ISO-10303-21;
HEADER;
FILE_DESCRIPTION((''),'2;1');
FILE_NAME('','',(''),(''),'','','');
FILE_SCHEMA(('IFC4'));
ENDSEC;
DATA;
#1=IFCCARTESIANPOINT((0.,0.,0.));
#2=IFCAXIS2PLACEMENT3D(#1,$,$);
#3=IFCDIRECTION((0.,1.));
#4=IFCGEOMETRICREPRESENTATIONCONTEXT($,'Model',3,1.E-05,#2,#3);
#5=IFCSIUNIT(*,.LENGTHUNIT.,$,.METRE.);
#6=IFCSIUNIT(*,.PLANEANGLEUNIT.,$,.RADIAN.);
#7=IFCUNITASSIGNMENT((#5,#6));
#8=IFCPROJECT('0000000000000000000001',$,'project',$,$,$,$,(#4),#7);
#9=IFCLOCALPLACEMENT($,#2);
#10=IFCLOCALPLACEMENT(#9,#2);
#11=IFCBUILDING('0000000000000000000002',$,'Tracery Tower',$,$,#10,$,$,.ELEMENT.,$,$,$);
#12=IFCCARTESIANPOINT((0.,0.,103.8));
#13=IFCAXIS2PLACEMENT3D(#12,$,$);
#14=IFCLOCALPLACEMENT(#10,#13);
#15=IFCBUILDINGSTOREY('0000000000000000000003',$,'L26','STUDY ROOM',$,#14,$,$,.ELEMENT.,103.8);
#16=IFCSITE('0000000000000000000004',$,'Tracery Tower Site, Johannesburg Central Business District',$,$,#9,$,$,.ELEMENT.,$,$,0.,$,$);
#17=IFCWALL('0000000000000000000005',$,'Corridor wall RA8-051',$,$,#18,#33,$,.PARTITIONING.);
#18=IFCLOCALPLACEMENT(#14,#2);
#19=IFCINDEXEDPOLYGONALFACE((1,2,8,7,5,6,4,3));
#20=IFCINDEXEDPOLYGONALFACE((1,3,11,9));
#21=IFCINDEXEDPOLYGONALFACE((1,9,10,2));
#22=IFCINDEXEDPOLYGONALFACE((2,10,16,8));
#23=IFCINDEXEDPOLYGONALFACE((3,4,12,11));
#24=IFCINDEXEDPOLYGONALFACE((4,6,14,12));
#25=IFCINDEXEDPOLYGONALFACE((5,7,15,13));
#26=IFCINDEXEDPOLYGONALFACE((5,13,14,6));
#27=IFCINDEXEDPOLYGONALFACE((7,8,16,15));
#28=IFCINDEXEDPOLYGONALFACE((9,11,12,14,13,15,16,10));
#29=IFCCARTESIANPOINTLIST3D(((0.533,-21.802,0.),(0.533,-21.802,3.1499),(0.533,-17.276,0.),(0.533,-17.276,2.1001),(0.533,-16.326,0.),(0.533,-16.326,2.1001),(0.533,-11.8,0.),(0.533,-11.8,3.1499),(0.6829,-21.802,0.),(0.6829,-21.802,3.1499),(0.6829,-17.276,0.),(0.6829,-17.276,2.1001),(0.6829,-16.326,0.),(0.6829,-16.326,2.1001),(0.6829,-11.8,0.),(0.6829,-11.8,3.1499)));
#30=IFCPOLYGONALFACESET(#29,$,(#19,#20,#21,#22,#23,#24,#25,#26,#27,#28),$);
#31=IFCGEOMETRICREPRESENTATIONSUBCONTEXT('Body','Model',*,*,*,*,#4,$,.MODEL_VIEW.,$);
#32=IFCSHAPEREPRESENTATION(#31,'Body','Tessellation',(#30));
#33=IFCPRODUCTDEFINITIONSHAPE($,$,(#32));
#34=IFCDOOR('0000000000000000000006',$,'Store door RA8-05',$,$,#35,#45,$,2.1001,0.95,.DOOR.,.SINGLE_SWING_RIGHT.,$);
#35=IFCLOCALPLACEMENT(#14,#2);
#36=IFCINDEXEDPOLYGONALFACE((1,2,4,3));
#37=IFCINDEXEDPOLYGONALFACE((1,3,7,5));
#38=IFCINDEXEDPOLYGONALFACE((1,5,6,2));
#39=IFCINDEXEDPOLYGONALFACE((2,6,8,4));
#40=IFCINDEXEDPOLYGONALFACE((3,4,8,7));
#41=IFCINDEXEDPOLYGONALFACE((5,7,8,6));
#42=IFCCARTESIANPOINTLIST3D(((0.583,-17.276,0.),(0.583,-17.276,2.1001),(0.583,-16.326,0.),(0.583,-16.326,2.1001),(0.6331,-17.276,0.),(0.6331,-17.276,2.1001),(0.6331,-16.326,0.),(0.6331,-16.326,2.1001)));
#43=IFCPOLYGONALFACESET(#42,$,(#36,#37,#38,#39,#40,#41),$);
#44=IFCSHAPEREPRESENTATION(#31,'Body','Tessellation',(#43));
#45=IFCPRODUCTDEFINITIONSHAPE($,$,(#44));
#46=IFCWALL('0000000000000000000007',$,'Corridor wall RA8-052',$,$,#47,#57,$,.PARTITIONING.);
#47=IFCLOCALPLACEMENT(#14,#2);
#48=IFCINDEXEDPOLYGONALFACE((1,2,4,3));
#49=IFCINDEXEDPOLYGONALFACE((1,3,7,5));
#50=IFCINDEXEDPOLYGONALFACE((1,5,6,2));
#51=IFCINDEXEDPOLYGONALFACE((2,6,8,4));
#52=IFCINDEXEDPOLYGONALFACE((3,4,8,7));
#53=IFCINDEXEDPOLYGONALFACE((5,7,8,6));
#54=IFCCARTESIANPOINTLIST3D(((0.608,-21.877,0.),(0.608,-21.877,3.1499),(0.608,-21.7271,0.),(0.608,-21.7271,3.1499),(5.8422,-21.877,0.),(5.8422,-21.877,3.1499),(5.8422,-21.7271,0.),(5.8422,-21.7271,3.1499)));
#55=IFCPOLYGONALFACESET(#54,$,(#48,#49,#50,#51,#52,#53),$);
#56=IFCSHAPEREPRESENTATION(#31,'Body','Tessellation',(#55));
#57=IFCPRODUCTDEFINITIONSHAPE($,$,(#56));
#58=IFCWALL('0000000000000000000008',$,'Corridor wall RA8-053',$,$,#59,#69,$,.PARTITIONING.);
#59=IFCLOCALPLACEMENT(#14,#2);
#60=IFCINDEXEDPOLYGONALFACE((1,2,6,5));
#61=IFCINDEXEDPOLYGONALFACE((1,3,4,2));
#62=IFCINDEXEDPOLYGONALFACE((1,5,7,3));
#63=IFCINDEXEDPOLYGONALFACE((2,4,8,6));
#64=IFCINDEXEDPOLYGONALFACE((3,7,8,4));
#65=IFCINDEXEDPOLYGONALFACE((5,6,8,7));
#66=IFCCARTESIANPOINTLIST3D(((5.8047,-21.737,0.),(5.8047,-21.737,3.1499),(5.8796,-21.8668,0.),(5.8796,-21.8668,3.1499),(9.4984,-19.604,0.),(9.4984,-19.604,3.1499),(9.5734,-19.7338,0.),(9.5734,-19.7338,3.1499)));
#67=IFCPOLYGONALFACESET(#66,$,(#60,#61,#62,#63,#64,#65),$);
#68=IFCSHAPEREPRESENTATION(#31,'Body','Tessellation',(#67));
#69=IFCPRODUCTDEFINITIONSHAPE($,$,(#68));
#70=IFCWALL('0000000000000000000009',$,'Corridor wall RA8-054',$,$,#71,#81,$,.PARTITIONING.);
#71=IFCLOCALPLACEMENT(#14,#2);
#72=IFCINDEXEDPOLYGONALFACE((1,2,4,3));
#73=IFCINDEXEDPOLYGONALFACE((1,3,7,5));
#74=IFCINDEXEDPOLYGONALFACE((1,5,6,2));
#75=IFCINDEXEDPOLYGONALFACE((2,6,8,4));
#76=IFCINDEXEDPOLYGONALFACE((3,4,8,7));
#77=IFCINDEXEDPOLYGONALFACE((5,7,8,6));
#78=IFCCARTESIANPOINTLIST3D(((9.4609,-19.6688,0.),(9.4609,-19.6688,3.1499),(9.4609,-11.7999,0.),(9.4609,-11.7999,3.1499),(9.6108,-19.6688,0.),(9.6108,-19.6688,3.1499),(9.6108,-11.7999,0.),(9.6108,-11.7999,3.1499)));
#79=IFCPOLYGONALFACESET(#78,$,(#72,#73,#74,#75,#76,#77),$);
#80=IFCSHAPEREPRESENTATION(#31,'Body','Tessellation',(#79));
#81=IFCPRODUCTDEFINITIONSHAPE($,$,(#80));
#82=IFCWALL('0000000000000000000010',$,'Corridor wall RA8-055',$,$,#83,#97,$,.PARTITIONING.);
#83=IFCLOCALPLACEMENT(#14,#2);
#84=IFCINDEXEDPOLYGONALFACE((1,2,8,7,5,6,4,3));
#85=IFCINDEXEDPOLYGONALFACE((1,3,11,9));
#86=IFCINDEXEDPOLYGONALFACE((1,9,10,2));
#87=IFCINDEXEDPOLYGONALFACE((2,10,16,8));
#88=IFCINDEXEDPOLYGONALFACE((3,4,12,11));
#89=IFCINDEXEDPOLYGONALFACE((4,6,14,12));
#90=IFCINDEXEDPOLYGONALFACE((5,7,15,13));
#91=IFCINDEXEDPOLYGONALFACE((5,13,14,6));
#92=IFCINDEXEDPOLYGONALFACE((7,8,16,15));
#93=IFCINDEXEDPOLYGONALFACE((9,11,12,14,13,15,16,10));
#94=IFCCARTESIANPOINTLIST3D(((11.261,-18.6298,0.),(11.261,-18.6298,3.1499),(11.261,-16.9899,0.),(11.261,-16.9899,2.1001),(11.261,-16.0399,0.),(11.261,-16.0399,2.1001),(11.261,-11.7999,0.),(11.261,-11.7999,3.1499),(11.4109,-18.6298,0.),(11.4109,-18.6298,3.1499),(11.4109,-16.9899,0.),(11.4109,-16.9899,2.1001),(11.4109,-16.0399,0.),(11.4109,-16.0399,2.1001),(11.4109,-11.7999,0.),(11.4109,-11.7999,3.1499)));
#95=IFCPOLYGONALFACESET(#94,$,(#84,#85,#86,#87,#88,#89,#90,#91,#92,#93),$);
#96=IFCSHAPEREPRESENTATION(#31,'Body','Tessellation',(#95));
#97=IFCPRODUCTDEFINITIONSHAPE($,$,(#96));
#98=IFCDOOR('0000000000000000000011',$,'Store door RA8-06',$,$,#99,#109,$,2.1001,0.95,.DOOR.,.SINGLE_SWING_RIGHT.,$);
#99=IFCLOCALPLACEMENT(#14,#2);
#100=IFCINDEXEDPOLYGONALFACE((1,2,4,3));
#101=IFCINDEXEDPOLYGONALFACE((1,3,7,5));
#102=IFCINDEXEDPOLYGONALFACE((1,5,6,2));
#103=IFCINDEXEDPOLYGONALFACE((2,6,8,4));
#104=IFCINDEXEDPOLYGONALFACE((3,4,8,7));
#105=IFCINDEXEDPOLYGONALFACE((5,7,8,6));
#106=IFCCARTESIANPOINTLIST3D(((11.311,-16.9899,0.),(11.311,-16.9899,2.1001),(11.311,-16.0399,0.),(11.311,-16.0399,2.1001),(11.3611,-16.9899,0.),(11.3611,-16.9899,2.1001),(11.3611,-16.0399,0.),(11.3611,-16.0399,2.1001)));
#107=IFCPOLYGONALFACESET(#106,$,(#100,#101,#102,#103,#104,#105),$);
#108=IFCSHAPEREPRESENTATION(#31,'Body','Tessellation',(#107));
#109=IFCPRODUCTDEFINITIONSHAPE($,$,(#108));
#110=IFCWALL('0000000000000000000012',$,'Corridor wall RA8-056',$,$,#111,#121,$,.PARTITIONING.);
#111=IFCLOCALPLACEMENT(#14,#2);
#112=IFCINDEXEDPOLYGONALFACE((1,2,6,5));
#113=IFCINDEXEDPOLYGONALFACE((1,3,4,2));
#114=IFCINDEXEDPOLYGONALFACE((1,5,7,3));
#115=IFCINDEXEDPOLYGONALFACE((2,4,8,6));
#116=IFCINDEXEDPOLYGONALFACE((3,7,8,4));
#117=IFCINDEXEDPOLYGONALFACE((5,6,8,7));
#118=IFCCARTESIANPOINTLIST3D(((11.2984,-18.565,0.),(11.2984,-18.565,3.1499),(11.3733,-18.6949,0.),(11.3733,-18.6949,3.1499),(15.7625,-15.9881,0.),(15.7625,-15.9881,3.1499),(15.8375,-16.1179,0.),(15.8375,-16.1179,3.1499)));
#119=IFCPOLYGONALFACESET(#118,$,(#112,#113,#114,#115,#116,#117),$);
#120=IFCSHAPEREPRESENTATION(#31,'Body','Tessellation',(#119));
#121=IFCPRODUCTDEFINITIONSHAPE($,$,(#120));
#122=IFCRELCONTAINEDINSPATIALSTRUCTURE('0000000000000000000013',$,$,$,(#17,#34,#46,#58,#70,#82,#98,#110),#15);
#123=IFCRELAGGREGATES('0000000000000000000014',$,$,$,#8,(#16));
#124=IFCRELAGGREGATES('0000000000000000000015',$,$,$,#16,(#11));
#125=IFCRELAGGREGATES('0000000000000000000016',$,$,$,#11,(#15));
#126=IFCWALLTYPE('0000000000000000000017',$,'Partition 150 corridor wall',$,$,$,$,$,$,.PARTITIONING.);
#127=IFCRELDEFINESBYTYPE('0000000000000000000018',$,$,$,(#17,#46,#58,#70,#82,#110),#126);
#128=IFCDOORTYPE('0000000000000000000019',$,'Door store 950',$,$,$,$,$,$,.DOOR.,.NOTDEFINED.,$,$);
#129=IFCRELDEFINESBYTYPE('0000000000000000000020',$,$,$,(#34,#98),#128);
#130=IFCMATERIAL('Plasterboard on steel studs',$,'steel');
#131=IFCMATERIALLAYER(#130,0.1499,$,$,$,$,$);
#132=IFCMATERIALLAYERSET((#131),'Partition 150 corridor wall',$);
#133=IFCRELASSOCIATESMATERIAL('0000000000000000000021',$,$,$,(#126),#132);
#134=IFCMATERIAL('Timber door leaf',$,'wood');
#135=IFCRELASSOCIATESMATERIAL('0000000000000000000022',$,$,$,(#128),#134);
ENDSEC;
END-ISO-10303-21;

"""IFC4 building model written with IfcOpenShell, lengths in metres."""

from ifc_helpers import new_model, si_unit, direction, frame, frame_2d, origin, place, context, subcontext, project, spatial, rectangle, extrude, material, layer, layer_set, type_object, element, fill, save


model = new_model("IFC4")

# Units and contexts
model_context = context("Model", 3, precision=1e-05, world=origin(), true_north=direction((0.0, 1.0)))
body_context = subcontext(model_context, "Body", "Model", "MODEL_VIEW")
ifc_project = project(units=[si_unit("LENGTHUNIT", "METRE"), si_unit("PLANEANGLEUNIT", "RADIAN")], contexts=[model_context])

# Site, building, storey
site_placement = place(None, origin())
site = spatial("IfcSite", under=ifc_project, at=site_placement, Name="Tracery Tower Site, Johannesburg Central Business District", CompositionType="ELEMENT", RefElevation=0.0)
building_placement = place(site_placement, origin())
building = spatial("IfcBuilding", under=site, at=building_placement, Name="Tracery Tower", CompositionType="ELEMENT")
storey_placement = place(building_placement, frame((0.0, 0.0, 103.8)))
storey = spatial("IfcBuildingStorey", under=building, at=storey_placement, Name="L26", Description="STUDY ROOM", CompositionType="ELEMENT", Elevation=103.8)

# Shared definitions
ifc_material_1 = material(Name="Plasterboard on steel studs", Category="steel")
ifc_layer_1 = layer(ifc_material_1, 0.1499)
ifc_layer_set_1 = layer_set([ifc_layer_1], Name="Partition 150 corridor wall")
wall_type_1 = type_object("IfcWallType", Name="Partition 150 corridor wall", PredefinedType="PARTITIONING", material=ifc_layer_set_1)

# Wall, opening, door
wall_1_placement = place(storey_placement, frame((0.6079, -21.802, 0.0), z_axis=(0.0, 0.0, 1.0), x_axis=(0.0, 1.0, 0.0)))
wall_1 = element("IfcWall", 1, at=wall_1_placement, inside=storey, type_object=wall_type_1, Name="Corridor wall RA8-051", PredefinedType="PARTITIONING", context=body_context, shape_type="SweptSolid", body=[
    extrude(rectangle(XDim=10.002, YDim=0.1499, at=frame_2d((5.001, 0.0))), origin(), (0.0, 0.0, 1.0), 3.1499),
])
opening_1_placement = place(wall_1_placement, frame((4.5259, 0.0, 0.0)))
opening_1 = element("IfcOpeningElement", 2, at=opening_1_placement, cuts=wall_1, PredefinedType="OPENING", context=body_context, shape_type="SweptSolid", body=[
    extrude(rectangle(XDim=0.95, YDim=2.1001, at=frame_2d((0.4751, 1.05))), frame((0.0, 0.075, 0.0), z_axis=(0.0, -1.0, 0.0), x_axis=(1.0, 0.0, 0.0)), (0.0, 0.0, 1.0), 0.1499),
])
ifc_material_2 = material(Name="Timber door leaf", Category="wood")
door_type_1 = type_object("IfcDoorType", Name="Door store 950", OperationType="NOTDEFINED", PredefinedType="DOOR", material=ifc_material_2)
door_1_placement = place(opening_1_placement, origin())
door_1 = element("IfcDoor", 3, at=door_1_placement, inside=storey, type_object=door_type_1, Name="Store door RA8-05", OperationType="SINGLE_SWING_RIGHT", OverallHeight=2.1001, OverallWidth=0.95, PredefinedType="DOOR", context=body_context, shape_type="SweptSolid", body=[
    extrude(rectangle(XDim=0.95, YDim=2.1001, at=frame_2d((0.4751, 1.05))), frame((0.0, 0.0249, 0.0), z_axis=(0.0, -1.0, 0.0), x_axis=(1.0, 0.0, 0.0)), (0.0, 0.0, 1.0), 0.05),
])
fill(opening_1, door_1)

# Walls
wall_2_placement = place(storey_placement, frame((0.6079, -21.802, 0.0), z_axis=(0.0, 0.0, 1.0), x_axis=(1.0, 0.0, 0.0)))
element("IfcWall", 4, at=wall_2_placement, inside=storey, type_object=wall_type_1, Name="Corridor wall RA8-052", PredefinedType="PARTITIONING", context=body_context, shape_type="SweptSolid", body=[
    extrude(rectangle(XDim=5.2341, YDim=0.1499, at=frame_2d((2.6172, 0.0))), origin(), (0.0, 0.0, 1.0), 3.1499),
])
wall_3_placement = place(storey_placement, frame((5.842, -21.802, 0.0), z_axis=(0.0, 0.0, 1.0), x_axis=(0.865984, 0.500073, 0.0)))
element("IfcWall", 5, at=wall_3_placement, inside=storey, type_object=wall_type_1, Name="Corridor wall RA8-053", PredefinedType="PARTITIONING", context=body_context, shape_type="SweptSolid", body=[
    extrude(rectangle(XDim=4.2654, YDim=0.1499, at=frame_2d((2.1328, 0.0))), origin(), (0.0, 0.0, 1.0), 3.1499),
])
wall_4_placement = place(storey_placement, frame((9.5359, -19.6689, 0.0), z_axis=(0.0, 0.0, 1.0), x_axis=(0.0, 1.0, 0.0)))
element("IfcWall", 6, at=wall_4_placement, inside=storey, type_object=wall_type_1, Name="Corridor wall RA8-054", PredefinedType="PARTITIONING", context=body_context, shape_type="SweptSolid", body=[
    extrude(rectangle(XDim=7.8689, YDim=0.1499, at=frame_2d((3.9346, 0.0))), origin(), (0.0, 0.0, 1.0), 3.1499),
])

# Wall, opening, door
wall_5_placement = place(storey_placement, frame((11.3359, -18.6299, 0.0), z_axis=(0.0, 0.0, 1.0), x_axis=(0.0, 1.0, 0.0)))
wall_5 = element("IfcWall", 7, at=wall_5_placement, inside=storey, type_object=wall_type_1, Name="Corridor wall RA8-055", PredefinedType="PARTITIONING", context=body_context, shape_type="SweptSolid", body=[
    extrude(rectangle(XDim=6.8298, YDim=0.1499, at=frame_2d((3.415, 0.0))), origin(), (0.0, 0.0, 1.0), 3.1499),
])
opening_2_placement = place(wall_5_placement, frame((1.6399, 0.0, 0.0)))
opening_2 = element("IfcOpeningElement", 8, at=opening_2_placement, cuts=wall_5, PredefinedType="OPENING", context=body_context, shape_type="SweptSolid", body=[
    extrude(rectangle(XDim=0.95, YDim=2.1001, at=frame_2d((0.4751, 1.05))), frame((0.0, 0.075, 0.0), z_axis=(0.0, -1.0, 0.0), x_axis=(1.0, 0.0, 0.0)), (0.0, 0.0, 1.0), 0.1499),
])
door_2_placement = place(opening_2_placement, origin())
door_2 = element("IfcDoor", 9, at=door_2_placement, inside=storey, type_object=door_type_1, Name="Store door RA8-06", OperationType="SINGLE_SWING_RIGHT", OverallHeight=2.1001, OverallWidth=0.95, PredefinedType="DOOR", context=body_context, shape_type="SweptSolid", body=[
    extrude(rectangle(XDim=0.95, YDim=2.1001, at=frame_2d((0.4751, 1.05))), frame((0.0, 0.0249, 0.0), z_axis=(0.0, -1.0, 0.0), x_axis=(1.0, 0.0, 0.0)), (0.0, 0.0, 1.0), 0.05),
])
fill(opening_2, door_2)

# Wall
wall_6_placement = place(storey_placement, frame((11.3359, -18.6299, 0.0), z_axis=(0.0, 0.0, 1.0), x_axis=(0.866063, 0.499934, 0.0)))
element("IfcWall", 10, at=wall_6_placement, inside=storey, type_object=wall_type_1, Name="Corridor wall RA8-056", PredefinedType="PARTITIONING", context=body_context, shape_type="SweptSolid", body=[
    extrude(rectangle(XDim=5.1545, YDim=0.1499, at=frame_2d((2.5771, 0.0))), origin(), (0.0, 0.0, 1.0), 3.1499),
])

save(model, "model.ifc")
